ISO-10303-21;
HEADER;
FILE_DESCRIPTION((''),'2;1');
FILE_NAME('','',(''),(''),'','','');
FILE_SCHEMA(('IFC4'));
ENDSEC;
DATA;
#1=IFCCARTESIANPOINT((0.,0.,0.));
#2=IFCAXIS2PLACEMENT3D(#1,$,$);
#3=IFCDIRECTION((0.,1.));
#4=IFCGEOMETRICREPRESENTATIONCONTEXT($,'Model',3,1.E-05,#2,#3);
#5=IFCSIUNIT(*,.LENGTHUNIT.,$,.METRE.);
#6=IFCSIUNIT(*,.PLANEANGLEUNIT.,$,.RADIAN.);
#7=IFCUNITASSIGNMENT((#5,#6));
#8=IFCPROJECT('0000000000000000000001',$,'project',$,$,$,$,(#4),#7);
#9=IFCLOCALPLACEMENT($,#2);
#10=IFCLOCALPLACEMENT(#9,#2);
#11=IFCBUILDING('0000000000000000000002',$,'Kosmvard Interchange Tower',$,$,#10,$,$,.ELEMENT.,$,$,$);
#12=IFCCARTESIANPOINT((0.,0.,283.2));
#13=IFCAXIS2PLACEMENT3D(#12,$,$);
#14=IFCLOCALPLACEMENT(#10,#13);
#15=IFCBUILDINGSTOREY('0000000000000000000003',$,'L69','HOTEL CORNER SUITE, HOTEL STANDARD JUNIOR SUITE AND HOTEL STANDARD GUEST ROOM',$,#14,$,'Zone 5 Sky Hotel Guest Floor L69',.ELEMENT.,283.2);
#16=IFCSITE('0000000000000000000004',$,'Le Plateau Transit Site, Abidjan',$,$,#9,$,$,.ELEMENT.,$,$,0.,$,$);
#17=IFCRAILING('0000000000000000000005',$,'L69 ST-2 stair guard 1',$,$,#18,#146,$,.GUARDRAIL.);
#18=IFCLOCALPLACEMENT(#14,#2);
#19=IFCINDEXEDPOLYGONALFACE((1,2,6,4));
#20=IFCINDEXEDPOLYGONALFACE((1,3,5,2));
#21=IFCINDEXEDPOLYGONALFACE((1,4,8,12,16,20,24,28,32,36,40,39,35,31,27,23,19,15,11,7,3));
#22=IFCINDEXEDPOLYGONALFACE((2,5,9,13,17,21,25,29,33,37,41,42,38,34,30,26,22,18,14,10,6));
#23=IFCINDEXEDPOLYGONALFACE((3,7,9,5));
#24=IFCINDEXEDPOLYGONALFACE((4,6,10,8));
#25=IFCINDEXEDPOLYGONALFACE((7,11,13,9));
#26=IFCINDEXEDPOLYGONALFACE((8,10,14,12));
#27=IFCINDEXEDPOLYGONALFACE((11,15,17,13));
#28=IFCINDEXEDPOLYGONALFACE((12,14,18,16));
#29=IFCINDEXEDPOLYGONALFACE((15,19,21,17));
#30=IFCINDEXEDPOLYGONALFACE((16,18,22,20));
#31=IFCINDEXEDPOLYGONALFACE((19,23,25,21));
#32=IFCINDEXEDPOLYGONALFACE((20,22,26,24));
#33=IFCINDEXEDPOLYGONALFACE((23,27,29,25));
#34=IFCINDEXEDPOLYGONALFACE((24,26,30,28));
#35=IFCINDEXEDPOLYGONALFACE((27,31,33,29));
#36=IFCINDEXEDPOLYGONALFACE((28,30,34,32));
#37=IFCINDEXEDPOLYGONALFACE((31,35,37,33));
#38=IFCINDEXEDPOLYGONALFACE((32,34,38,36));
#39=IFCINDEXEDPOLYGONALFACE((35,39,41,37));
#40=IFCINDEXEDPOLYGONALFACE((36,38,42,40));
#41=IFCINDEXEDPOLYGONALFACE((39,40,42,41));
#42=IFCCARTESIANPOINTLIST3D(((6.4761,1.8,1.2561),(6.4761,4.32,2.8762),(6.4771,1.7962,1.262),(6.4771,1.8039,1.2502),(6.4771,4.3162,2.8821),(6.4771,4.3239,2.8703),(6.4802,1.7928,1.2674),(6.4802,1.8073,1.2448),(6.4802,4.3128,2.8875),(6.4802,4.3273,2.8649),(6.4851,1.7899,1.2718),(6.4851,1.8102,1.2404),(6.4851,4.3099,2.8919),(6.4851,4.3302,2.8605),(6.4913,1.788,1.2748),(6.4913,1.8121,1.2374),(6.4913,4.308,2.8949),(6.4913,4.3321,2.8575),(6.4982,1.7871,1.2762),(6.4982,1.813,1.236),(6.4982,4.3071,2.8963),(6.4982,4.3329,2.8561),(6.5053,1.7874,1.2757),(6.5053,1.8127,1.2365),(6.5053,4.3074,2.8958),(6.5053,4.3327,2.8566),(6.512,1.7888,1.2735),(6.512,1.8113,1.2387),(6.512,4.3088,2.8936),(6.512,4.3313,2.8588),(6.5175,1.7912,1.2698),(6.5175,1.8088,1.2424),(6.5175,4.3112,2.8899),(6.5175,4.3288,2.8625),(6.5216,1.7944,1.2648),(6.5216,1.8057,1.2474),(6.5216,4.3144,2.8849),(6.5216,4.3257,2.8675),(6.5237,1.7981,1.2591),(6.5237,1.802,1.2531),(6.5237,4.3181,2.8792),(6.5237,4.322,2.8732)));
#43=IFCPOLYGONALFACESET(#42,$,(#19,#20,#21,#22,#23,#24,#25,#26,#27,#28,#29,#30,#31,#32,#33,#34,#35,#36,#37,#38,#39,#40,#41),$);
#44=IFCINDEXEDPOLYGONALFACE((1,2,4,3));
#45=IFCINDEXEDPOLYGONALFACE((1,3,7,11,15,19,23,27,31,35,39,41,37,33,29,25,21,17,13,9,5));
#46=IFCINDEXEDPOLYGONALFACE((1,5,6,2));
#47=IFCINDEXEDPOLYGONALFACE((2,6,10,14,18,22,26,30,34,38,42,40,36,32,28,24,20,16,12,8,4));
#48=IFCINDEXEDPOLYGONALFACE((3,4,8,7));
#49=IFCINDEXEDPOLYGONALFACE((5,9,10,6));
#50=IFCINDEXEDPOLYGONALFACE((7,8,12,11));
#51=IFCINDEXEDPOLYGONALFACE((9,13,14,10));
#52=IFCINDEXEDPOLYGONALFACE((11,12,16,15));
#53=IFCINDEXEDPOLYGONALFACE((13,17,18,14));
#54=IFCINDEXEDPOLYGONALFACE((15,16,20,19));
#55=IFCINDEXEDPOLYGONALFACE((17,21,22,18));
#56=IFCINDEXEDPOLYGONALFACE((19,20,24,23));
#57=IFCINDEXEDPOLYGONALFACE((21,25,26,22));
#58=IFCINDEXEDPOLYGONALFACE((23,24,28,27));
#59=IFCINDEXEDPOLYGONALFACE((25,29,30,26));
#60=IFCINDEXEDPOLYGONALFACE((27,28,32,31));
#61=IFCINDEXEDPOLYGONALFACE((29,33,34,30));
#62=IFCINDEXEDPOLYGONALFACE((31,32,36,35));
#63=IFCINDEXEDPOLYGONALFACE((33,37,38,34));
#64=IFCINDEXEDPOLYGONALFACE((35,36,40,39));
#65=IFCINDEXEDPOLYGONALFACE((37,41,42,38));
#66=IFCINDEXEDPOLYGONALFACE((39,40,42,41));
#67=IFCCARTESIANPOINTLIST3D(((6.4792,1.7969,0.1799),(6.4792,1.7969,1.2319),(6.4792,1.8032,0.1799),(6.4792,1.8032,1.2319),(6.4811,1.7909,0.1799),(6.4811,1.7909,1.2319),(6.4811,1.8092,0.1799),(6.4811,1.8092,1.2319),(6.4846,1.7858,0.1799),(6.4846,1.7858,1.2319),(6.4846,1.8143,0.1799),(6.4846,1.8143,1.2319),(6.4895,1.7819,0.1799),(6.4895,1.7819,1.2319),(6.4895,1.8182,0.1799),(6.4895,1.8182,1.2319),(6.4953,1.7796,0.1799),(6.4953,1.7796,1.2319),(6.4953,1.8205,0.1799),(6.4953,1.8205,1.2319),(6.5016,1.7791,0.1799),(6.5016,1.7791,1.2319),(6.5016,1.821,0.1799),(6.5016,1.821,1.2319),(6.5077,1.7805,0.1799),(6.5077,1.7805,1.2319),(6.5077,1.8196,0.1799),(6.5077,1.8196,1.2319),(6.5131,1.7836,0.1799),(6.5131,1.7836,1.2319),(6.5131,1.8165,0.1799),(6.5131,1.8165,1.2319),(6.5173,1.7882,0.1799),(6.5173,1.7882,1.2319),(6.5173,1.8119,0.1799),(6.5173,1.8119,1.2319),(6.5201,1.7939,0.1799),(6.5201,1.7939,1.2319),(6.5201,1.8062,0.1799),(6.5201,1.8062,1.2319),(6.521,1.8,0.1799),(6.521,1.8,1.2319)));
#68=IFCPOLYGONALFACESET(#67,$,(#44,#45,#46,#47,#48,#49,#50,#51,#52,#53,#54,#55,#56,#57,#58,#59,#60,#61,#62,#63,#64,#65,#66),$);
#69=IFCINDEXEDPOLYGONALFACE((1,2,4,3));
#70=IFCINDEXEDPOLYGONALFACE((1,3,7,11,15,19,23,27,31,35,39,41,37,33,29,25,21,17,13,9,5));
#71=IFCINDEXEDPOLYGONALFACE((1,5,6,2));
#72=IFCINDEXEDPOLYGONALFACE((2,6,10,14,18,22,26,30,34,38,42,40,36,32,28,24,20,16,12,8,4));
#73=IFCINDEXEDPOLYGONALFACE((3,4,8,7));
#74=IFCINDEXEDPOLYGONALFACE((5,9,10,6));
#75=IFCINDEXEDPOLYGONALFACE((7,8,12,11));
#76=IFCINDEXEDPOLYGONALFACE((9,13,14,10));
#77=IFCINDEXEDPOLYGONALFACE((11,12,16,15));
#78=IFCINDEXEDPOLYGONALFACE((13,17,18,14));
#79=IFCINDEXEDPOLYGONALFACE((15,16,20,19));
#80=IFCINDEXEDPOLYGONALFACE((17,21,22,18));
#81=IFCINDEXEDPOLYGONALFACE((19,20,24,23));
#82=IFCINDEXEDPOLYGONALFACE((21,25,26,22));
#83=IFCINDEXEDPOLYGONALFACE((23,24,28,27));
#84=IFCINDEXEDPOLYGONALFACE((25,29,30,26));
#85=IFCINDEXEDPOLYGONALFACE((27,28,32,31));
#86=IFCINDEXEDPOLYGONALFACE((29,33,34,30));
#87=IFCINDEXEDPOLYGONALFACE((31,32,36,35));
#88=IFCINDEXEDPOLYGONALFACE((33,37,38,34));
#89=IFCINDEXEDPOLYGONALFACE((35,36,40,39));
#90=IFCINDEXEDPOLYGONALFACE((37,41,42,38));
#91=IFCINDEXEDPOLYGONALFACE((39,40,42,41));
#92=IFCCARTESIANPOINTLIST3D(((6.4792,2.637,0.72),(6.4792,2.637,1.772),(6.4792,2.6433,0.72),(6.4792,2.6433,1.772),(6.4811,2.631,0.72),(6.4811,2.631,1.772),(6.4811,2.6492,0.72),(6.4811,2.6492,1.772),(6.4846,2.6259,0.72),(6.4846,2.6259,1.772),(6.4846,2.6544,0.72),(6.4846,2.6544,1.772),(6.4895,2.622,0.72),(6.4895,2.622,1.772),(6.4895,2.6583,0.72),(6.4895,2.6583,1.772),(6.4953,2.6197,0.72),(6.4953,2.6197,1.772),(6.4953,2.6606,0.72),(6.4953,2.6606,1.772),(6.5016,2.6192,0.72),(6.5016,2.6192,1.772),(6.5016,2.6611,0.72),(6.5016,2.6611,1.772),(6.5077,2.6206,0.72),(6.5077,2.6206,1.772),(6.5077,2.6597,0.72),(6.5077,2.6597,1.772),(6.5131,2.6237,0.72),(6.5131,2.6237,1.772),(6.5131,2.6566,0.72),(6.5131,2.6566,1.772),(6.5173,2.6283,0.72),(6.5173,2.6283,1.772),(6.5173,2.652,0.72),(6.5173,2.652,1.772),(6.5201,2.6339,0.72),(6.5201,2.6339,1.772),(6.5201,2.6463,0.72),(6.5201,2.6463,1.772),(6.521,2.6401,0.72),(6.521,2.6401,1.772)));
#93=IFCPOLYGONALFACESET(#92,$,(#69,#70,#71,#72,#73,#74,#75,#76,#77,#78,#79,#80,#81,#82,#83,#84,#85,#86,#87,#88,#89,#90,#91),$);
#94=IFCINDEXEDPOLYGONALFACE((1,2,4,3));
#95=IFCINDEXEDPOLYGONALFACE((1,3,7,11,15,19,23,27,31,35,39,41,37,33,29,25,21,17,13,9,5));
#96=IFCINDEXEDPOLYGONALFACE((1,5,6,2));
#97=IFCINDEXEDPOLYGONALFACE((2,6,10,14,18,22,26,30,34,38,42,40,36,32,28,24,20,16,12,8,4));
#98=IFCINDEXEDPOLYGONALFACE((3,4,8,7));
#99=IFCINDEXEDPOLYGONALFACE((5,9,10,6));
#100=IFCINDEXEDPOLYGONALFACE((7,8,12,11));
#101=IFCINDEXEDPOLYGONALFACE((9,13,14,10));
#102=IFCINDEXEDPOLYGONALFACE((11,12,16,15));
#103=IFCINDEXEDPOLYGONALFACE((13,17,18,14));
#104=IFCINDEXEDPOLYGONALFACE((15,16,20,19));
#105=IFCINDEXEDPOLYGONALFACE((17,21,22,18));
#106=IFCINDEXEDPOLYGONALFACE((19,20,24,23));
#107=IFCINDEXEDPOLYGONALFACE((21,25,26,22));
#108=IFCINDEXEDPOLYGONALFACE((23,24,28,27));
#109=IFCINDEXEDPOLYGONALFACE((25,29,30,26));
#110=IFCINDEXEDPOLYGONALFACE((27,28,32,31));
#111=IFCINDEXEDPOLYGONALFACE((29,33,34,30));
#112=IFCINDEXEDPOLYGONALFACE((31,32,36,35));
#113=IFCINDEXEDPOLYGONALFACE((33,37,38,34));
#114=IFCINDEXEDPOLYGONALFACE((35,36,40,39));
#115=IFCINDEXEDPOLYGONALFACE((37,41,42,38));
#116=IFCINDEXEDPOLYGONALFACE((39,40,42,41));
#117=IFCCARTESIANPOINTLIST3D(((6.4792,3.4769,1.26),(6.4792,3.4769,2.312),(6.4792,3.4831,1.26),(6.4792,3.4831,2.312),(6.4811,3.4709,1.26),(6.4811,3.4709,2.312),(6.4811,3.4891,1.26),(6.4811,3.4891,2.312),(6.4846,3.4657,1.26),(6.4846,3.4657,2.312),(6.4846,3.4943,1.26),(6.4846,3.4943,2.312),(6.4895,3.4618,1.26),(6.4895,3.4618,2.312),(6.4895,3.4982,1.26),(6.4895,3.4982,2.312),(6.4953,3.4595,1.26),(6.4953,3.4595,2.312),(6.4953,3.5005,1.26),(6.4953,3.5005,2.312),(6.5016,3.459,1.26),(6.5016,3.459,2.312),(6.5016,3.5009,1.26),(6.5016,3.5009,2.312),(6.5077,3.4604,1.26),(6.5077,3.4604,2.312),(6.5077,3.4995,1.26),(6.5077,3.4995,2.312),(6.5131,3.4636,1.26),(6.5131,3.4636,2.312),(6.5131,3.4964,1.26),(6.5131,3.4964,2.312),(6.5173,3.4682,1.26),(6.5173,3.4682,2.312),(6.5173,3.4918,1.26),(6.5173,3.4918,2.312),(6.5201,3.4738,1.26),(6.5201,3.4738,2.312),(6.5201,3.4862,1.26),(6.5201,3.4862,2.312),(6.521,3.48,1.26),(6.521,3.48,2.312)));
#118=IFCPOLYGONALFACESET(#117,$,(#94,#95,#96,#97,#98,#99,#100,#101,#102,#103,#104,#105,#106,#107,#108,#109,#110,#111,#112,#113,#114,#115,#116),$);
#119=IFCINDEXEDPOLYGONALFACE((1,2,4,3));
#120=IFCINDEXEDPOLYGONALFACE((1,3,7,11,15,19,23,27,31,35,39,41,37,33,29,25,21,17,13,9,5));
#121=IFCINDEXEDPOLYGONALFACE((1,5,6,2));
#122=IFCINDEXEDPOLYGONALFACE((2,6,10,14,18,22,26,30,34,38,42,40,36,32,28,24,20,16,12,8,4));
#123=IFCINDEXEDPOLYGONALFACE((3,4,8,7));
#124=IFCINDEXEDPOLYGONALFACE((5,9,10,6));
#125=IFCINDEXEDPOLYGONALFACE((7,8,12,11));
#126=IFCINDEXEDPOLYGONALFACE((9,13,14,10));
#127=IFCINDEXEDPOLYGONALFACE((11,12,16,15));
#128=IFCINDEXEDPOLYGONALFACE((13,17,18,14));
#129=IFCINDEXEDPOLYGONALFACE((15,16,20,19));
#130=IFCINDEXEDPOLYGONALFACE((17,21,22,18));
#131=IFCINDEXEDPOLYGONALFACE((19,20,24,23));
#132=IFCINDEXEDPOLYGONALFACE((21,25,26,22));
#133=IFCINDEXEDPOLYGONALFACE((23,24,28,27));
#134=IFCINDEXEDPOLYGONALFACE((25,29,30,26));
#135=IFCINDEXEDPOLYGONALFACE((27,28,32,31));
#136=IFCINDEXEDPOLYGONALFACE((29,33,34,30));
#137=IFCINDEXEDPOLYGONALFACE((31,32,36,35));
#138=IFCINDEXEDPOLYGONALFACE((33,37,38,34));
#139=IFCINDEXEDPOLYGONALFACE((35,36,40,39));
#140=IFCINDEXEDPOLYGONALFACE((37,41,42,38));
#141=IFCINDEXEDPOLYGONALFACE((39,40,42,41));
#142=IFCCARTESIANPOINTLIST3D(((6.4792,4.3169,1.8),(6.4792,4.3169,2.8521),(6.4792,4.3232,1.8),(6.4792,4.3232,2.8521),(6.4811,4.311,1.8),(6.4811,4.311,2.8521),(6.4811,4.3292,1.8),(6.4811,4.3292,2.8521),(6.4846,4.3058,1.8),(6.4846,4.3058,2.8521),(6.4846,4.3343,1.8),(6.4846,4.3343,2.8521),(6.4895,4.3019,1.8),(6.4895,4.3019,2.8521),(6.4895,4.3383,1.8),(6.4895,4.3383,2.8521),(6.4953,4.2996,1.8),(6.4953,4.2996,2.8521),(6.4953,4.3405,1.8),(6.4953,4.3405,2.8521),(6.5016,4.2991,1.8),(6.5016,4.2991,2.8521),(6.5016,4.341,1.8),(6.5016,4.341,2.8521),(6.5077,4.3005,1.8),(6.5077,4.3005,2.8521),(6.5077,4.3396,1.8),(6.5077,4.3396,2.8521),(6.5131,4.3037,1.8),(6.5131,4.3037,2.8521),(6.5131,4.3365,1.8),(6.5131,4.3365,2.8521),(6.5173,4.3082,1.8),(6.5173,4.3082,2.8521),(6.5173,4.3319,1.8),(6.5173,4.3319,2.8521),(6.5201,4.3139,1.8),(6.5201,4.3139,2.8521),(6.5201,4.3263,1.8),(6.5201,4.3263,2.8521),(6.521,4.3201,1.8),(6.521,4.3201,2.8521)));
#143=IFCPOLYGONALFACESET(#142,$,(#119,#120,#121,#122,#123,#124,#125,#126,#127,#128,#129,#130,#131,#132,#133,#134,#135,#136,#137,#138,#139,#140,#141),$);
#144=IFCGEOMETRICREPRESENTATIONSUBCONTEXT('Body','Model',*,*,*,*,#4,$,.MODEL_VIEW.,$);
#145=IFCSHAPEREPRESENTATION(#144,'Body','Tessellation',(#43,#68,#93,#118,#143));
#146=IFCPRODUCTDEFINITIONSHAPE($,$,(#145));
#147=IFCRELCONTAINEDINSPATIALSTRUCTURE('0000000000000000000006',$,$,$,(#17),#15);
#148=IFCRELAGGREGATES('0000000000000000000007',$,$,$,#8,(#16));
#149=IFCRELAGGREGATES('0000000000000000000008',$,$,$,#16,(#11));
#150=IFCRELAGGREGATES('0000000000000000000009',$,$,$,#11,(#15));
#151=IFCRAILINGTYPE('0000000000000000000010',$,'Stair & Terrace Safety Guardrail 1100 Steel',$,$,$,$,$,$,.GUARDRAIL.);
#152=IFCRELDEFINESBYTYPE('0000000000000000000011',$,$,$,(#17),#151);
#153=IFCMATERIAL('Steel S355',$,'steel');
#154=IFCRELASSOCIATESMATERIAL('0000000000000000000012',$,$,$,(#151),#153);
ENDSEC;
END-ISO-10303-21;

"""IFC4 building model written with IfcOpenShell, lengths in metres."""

from ifc_helpers import new_model, si_unit, direction, frame, origin, origin_2d, place, context, subcontext, project, spatial, circle, extrude, source, transform, mapped, material, type_object, element, save


model = new_model("IFC4")

# Units and contexts
model_context = context("Model", 3, precision=1e-05, world=origin(), true_north=direction((0.0, 1.0)))
body_context = subcontext(model_context, "Body", "Model", "MODEL_VIEW")
ifc_project = project(units=[si_unit("LENGTHUNIT", "METRE"), si_unit("PLANEANGLEUNIT", "RADIAN")], contexts=[model_context])

# Site, building, storey
site_placement = place(None, origin())
site = spatial("IfcSite", under=ifc_project, at=site_placement, Name="Le Plateau Transit Site, Abidjan", CompositionType="ELEMENT", RefElevation=0.0)
building_placement = place(site_placement, origin())
building = spatial("IfcBuilding", under=site, at=building_placement, Name="Kosmvard Interchange Tower", CompositionType="ELEMENT")
storey_placement = place(building_placement, frame((0.0, 0.0, 283.2)))
storey = spatial("IfcBuildingStorey", under=building, at=storey_placement, Name="L69", Description="HOTEL CORNER SUITE, HOTEL STANDARD JUNIOR SUITE AND HOTEL STANDARD GUEST ROOM", LongName="Zone 5 Sky Hotel Guest Floor L69", CompositionType="ELEMENT", Elevation=283.2)

# Shared definitions
ifc_material_1 = material(Name="Steel S355", Category="steel")

# Railing
railing_type_1 = type_object("IfcRailingType", Name="Stair & Terrace Safety Guardrail 1100 Steel", PredefinedType="GUARDRAIL", material=ifc_material_1)
shared_shape_1 = source(origin(), body_context, "Body", "SweptSolid", [
    extrude(circle(Radius=0.0239, at=origin_2d()), frame((0.0, 0.0, 1.0762), z_axis=(0.0, 0.841163, 0.540782), x_axis=(-1.0, 0.0, 0.0)), (0.0, 0.0, 1.0), 2.9958),
    extrude(circle(Radius=0.021, at=origin_2d()), origin(), (0.0, 0.0, 1.0), 1.052),
    extrude(circle(Radius=0.021, at=origin_2d()), frame((0.0, 0.8401, 0.54)), (0.0, 0.0, 1.0), 1.052),
    extrude(circle(Radius=0.021, at=origin_2d()), frame((0.0, 1.6799, 1.0801)), (0.0, 0.0, 1.0), 1.052),
    extrude(circle(Radius=0.021, at=origin_2d()), frame((0.0, 2.52, 1.6201)), (0.0, 0.0, 1.0), 1.052),
])
railing_1_placement = place(storey_placement, frame((6.5, 1.8, 0.1799)))
element("IfcRailing", 1, at=railing_1_placement, inside=storey, type_object=railing_type_1, Name="L69 ST-2 stair guard 1", PredefinedType="GUARDRAIL", context=body_context, shape_type="MappedRepresentation", body=[
    mapped(shared_shape_1, transform((0.0, 0.0, 0.0), scale=1.0)),
])

save(model, "model.ifc")
